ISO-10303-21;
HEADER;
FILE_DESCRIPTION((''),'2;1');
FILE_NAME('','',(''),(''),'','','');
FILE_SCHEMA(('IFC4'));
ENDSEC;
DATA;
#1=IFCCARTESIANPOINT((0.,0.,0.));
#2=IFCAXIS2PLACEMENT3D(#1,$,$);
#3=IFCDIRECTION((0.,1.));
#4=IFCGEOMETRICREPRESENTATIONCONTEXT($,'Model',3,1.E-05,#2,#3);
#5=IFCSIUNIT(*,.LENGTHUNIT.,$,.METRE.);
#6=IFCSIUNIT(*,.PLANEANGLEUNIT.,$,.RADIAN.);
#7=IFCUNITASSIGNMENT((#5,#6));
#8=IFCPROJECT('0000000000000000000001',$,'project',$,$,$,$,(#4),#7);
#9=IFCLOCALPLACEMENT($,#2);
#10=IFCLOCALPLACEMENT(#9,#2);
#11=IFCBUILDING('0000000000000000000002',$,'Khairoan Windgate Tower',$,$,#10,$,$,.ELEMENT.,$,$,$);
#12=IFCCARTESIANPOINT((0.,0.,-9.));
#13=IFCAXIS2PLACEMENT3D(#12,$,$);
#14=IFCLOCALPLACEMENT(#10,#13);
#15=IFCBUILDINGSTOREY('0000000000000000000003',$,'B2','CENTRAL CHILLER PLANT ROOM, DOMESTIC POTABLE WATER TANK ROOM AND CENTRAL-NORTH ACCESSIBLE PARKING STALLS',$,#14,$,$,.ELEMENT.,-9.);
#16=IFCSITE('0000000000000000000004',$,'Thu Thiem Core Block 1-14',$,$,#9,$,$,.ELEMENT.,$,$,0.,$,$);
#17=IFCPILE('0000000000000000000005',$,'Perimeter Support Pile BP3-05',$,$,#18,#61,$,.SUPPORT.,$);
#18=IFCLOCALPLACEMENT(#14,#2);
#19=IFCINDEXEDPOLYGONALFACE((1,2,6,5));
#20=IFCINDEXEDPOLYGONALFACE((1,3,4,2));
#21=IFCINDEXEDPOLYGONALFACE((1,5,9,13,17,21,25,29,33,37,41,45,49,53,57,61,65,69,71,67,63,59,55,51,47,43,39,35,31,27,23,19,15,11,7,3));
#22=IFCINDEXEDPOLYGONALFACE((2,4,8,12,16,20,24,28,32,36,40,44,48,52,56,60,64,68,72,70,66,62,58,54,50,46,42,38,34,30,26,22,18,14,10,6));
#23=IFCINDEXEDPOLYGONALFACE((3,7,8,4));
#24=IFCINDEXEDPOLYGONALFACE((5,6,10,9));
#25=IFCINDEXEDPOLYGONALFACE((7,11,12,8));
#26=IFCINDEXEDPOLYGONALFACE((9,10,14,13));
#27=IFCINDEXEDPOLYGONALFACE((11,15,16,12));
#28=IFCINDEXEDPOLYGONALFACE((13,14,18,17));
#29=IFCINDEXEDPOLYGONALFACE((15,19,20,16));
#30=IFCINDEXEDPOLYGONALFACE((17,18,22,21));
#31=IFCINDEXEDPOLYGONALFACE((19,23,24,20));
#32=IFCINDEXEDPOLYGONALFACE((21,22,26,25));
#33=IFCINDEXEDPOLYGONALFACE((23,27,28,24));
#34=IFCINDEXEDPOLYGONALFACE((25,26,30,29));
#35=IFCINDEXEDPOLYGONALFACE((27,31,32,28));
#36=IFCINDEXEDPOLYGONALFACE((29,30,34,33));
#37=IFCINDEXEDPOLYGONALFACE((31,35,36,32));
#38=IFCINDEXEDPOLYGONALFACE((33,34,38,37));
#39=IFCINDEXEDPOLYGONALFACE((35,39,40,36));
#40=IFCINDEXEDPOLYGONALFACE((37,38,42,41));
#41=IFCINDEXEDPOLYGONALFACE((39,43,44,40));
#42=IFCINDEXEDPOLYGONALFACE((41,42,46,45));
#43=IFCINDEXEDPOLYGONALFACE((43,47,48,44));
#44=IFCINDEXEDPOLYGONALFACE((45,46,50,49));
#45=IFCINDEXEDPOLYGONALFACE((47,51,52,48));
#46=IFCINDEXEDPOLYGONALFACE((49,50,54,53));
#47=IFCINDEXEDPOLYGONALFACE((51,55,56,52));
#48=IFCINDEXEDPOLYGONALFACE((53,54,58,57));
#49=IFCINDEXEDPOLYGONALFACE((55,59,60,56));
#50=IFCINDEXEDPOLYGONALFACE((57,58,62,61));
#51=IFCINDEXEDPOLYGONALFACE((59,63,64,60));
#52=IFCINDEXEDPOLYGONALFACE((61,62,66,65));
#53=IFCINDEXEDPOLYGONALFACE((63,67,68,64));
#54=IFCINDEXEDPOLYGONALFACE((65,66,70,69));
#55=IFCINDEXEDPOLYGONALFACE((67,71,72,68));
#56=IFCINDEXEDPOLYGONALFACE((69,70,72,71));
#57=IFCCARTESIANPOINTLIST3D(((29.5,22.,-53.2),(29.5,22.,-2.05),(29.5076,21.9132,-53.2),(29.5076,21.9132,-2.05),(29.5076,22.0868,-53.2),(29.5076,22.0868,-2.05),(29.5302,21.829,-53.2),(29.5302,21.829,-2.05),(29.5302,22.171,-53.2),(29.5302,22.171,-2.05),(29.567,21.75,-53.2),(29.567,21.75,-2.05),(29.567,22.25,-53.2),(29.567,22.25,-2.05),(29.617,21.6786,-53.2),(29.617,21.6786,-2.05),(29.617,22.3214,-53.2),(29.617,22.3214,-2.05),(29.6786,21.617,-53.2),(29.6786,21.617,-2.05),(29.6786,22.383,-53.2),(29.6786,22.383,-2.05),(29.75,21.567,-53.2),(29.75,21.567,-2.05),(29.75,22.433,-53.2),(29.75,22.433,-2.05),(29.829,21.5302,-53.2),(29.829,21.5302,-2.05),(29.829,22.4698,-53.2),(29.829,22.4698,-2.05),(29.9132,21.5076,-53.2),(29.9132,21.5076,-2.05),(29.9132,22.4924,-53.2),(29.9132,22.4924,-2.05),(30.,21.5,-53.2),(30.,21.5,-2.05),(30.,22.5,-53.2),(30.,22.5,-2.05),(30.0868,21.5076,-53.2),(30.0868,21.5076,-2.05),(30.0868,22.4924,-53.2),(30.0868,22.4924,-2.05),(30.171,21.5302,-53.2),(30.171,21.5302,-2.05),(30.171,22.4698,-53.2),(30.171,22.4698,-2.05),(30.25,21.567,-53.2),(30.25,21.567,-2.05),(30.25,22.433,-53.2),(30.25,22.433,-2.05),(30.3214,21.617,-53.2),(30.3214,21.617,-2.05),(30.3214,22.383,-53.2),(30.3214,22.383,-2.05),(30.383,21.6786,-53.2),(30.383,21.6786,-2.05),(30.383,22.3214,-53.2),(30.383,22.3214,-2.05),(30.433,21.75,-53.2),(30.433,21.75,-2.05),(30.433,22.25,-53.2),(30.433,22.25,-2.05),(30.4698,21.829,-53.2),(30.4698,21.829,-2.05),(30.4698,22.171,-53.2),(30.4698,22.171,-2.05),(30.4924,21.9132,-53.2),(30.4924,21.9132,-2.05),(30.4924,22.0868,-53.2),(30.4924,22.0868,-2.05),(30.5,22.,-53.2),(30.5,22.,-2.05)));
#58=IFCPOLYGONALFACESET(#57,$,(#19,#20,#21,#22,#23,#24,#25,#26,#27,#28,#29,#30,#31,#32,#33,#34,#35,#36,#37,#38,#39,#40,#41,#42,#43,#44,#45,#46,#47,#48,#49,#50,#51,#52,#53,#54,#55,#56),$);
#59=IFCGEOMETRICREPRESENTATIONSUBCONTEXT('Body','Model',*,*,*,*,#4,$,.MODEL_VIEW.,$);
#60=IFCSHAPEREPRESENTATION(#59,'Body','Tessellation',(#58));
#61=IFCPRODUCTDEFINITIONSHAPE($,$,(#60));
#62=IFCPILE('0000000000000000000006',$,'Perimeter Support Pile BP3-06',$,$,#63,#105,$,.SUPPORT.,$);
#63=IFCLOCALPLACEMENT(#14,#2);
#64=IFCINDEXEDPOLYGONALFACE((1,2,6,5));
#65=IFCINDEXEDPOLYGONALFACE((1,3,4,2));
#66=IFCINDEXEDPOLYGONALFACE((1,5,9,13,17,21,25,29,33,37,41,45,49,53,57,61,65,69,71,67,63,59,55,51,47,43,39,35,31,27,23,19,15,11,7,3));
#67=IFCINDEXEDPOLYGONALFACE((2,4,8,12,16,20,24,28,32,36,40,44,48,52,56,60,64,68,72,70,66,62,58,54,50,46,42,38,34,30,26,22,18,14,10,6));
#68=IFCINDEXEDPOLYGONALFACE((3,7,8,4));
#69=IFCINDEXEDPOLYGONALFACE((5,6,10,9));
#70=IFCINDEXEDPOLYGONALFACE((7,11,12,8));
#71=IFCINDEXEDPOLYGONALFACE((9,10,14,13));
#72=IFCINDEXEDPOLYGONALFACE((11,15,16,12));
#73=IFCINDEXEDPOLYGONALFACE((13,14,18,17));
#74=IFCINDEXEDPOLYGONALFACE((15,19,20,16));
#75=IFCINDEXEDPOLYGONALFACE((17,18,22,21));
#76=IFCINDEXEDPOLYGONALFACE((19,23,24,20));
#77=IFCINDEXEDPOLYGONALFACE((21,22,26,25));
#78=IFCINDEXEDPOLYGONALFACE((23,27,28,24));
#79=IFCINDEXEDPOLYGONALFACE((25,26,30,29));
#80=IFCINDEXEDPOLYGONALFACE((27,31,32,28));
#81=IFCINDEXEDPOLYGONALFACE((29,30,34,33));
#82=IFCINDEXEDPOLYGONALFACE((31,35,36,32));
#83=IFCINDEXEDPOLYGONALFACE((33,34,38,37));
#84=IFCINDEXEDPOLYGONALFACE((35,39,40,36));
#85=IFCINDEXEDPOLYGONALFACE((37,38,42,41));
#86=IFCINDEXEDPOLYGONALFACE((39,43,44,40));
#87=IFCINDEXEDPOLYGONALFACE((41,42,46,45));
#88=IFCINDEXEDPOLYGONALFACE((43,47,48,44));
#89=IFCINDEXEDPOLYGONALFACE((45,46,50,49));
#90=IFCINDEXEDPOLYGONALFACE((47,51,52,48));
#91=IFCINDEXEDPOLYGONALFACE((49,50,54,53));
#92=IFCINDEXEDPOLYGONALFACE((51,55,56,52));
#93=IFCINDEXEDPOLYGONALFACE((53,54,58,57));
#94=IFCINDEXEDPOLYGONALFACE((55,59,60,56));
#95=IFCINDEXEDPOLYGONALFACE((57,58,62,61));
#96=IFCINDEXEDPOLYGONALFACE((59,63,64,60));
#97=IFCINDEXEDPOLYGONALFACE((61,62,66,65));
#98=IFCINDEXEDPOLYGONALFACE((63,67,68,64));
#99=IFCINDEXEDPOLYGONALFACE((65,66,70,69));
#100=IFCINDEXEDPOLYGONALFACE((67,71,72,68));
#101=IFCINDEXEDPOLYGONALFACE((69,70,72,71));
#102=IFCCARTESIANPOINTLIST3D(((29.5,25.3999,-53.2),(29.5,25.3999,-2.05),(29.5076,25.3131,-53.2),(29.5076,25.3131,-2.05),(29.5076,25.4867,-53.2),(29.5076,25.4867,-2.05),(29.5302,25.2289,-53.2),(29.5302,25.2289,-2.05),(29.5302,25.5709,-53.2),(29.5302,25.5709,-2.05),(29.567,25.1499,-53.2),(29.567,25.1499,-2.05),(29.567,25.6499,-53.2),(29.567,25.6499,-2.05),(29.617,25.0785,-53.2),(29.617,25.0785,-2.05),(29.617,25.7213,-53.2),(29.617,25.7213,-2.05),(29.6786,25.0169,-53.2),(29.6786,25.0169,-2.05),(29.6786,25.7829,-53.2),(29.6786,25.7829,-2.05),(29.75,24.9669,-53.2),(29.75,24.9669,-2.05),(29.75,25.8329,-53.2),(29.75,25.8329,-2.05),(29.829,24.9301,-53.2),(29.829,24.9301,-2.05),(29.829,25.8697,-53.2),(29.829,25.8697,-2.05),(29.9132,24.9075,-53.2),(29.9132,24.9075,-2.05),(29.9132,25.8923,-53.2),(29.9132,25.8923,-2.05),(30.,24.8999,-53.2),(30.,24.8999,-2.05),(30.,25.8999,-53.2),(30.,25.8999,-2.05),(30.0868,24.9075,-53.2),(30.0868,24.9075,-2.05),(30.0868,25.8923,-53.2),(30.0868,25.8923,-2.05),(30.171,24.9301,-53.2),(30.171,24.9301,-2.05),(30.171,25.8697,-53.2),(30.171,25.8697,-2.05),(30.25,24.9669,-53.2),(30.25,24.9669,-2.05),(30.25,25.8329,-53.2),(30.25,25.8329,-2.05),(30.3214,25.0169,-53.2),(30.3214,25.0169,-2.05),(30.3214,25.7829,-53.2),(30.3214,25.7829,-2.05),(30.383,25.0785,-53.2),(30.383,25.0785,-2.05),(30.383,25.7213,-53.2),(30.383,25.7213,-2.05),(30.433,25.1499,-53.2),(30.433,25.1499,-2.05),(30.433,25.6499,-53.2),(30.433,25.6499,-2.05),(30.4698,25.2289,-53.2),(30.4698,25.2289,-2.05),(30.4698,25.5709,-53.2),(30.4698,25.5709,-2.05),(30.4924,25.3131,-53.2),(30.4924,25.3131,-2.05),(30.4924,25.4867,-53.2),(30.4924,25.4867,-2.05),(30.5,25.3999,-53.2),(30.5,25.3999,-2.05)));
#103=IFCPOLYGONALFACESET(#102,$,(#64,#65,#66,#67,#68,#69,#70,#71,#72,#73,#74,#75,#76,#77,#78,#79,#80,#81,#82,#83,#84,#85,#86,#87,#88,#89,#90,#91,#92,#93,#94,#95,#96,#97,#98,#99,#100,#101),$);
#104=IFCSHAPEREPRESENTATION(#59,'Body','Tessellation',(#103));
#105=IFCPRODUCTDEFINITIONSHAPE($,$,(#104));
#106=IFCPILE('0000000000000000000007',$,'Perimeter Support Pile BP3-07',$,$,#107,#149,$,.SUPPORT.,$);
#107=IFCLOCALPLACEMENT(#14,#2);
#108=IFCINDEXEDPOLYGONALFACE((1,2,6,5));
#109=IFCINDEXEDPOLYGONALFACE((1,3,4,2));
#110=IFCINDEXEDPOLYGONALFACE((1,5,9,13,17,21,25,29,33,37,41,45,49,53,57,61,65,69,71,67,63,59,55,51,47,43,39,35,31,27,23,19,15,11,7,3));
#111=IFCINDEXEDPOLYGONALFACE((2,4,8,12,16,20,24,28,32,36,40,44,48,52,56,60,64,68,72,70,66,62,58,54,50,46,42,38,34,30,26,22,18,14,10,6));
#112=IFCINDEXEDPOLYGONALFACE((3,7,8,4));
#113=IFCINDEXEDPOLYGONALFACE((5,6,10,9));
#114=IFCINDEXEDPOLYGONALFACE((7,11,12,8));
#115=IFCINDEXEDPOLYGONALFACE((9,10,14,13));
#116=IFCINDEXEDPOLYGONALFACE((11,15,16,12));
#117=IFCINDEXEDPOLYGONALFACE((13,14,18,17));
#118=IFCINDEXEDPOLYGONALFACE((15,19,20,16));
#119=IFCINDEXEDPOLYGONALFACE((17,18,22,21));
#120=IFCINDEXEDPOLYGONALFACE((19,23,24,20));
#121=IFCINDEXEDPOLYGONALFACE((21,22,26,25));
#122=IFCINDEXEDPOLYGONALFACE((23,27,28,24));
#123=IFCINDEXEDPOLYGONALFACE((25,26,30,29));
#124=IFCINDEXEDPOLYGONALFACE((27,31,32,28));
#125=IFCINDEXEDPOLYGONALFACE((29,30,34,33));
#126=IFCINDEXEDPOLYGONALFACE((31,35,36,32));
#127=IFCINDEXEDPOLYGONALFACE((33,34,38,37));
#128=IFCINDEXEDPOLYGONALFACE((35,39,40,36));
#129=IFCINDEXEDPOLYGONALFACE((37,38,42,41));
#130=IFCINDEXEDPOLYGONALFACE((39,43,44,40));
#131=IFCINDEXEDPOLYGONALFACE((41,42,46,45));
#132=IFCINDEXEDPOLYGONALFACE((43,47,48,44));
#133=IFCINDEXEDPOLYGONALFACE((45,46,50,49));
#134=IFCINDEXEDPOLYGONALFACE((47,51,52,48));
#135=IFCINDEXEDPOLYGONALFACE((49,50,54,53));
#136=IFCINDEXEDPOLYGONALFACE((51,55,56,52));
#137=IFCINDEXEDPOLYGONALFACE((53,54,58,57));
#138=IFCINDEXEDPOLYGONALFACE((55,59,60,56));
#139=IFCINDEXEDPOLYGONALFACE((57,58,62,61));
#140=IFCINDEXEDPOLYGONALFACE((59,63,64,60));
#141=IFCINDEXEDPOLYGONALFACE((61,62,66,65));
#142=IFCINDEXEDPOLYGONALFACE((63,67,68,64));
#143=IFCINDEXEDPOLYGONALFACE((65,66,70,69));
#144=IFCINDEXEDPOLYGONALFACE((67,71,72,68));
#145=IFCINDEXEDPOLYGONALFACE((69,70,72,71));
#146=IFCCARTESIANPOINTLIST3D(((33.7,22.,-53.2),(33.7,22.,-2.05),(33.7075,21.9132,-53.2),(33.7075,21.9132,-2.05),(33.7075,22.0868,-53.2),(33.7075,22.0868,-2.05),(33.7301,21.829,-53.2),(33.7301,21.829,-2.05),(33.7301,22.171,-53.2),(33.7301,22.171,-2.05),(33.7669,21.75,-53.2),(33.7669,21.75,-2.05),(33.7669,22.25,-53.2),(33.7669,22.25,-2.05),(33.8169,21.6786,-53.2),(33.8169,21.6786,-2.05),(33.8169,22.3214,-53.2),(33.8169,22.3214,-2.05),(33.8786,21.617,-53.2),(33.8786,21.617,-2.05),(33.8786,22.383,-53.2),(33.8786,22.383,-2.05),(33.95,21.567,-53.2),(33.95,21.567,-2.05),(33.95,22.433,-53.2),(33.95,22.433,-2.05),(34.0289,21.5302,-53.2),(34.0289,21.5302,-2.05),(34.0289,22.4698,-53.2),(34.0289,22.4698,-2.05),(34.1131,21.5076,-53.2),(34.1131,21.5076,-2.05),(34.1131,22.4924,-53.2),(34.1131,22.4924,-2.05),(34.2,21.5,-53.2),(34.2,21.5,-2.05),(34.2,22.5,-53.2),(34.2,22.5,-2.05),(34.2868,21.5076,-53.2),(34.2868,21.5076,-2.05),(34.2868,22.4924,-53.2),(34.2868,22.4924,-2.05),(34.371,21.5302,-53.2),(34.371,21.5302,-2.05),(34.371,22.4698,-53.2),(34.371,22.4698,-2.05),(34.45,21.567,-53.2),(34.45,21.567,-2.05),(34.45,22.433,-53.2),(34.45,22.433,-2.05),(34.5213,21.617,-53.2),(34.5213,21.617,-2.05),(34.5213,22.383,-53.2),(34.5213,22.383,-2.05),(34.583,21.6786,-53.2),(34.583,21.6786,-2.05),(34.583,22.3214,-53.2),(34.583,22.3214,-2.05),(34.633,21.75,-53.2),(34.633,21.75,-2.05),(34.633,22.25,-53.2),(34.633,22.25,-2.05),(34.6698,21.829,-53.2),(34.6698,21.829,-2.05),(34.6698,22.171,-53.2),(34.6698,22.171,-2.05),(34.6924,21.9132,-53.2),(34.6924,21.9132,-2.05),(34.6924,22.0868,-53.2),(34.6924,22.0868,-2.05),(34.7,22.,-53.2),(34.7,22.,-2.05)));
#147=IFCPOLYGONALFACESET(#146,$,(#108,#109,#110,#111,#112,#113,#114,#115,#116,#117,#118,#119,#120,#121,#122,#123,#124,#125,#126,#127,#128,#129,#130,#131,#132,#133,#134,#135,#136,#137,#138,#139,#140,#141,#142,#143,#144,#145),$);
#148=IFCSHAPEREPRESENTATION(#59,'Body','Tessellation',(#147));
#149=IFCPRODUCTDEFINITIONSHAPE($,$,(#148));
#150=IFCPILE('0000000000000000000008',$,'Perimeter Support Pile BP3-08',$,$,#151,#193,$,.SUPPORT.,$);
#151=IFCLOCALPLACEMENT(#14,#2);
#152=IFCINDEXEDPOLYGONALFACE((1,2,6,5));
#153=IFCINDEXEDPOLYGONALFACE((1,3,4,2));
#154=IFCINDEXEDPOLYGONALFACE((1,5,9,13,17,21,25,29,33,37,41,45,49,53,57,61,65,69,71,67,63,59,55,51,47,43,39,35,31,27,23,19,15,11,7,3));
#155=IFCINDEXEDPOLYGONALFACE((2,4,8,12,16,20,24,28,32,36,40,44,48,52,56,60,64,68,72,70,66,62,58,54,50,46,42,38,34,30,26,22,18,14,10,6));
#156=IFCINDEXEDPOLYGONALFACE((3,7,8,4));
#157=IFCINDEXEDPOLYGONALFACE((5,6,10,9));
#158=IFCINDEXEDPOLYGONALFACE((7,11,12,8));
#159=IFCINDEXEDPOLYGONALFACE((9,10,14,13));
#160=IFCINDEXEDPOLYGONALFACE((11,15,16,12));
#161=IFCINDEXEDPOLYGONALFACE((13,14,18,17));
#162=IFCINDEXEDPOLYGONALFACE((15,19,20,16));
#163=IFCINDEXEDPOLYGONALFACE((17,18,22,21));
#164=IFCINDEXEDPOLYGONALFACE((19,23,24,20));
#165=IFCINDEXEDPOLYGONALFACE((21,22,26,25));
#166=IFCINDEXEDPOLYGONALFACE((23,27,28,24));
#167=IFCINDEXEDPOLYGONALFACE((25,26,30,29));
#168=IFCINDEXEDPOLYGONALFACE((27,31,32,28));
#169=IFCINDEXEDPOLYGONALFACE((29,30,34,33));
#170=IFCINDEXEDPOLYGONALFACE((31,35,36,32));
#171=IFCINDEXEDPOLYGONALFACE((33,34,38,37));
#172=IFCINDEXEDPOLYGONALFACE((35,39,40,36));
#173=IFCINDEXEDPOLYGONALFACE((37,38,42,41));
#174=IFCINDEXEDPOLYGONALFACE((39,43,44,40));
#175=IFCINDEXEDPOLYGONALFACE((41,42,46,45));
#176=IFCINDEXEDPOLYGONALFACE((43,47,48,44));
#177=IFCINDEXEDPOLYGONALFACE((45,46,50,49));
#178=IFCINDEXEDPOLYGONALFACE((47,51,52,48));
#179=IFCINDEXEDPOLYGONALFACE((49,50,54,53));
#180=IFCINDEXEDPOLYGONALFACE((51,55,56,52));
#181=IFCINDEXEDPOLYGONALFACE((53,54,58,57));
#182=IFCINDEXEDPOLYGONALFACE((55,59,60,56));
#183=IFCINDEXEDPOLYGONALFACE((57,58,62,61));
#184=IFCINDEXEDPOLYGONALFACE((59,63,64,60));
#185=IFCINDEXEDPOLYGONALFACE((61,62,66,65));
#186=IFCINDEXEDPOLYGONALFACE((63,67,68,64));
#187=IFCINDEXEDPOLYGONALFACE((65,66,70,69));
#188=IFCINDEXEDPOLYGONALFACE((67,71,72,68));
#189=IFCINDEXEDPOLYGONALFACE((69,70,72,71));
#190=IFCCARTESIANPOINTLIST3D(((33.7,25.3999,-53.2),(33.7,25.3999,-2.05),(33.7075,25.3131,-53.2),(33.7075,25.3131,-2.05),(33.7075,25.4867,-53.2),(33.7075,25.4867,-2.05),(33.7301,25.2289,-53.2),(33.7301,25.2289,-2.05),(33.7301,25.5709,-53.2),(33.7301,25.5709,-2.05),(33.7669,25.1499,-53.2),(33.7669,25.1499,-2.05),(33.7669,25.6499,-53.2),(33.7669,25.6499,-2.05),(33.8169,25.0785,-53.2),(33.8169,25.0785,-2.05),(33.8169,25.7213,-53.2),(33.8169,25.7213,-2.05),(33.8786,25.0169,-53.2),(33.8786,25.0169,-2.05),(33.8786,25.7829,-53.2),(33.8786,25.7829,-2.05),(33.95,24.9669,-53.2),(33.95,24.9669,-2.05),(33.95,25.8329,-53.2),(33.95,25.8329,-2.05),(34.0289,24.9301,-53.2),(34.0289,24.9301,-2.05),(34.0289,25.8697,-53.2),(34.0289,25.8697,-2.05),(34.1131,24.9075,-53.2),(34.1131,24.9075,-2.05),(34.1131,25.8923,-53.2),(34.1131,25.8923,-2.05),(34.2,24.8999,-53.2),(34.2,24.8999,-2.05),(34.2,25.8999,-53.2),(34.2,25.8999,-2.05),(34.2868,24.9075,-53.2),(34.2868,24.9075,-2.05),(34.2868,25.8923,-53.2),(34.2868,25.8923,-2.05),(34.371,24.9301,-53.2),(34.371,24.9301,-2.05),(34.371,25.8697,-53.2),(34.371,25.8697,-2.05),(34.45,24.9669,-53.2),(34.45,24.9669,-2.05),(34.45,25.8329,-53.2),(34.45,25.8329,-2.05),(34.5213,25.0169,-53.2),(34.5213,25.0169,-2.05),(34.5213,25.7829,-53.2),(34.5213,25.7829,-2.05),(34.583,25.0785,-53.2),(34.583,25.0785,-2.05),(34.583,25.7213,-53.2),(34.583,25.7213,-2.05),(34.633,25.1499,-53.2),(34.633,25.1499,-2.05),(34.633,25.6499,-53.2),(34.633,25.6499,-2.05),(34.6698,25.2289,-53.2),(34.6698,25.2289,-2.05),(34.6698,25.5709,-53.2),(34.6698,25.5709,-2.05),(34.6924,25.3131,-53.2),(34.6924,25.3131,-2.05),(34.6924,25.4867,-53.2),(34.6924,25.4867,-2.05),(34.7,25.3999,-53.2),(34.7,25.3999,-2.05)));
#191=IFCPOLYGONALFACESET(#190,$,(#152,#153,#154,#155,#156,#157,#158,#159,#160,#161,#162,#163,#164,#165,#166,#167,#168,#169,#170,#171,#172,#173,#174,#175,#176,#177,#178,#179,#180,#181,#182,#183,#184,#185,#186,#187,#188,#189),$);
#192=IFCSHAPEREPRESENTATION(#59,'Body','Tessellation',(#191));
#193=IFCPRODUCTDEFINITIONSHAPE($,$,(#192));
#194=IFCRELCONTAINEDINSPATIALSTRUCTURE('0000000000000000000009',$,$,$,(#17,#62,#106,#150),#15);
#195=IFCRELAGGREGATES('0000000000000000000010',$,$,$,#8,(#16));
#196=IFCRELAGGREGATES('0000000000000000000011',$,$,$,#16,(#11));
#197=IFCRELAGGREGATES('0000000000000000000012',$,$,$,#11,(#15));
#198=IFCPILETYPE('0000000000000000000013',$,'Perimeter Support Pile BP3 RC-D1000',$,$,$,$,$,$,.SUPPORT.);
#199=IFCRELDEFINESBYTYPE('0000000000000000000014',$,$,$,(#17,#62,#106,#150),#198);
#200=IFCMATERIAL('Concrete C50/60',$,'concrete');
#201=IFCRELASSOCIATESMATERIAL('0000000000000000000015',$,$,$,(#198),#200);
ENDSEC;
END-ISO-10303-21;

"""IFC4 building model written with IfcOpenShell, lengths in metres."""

from ifc_helpers import new_model, si_unit, direction, frame, origin, origin_2d, place, context, subcontext, project, spatial, circle, extrude, material, material_profile, profile_set, type_object, element, save


model = new_model("IFC4")

# Units and contexts
model_context = context("Model", 3, precision=1e-05, world=origin(), true_north=direction((0.0, 1.0)))
body_context = subcontext(model_context, "Body", "Model", "MODEL_VIEW")
ifc_project = project(units=[si_unit("LENGTHUNIT", "METRE"), si_unit("PLANEANGLEUNIT", "RADIAN")], contexts=[model_context])

# Site, building, storey
site_placement = place(None, origin())
site = spatial("IfcSite", under=ifc_project, at=site_placement, Name="Thu Thiem Core Block 1-14", CompositionType="ELEMENT", RefElevation=0.0)
building_placement = place(site_placement, origin())
building = spatial("IfcBuilding", under=site, at=building_placement, Name="Khairoan Windgate Tower", CompositionType="ELEMENT")
storey_placement = place(building_placement, frame((0.0, 0.0, -9.0)))
storey = spatial("IfcBuildingStorey", under=building, at=storey_placement, Name="B2", Description="CENTRAL CHILLER PLANT ROOM, DOMESTIC POTABLE WATER TANK ROOM AND CENTRAL-NORTH ACCESSIBLE PARKING STALLS", CompositionType="ELEMENT", Elevation=-9.0)

# Piles
ifc_material_1 = material(Name="Concrete C50/60", Category="concrete")
ifc_material_profile_1 = material_profile(ifc_material_1, circle(Radius=0.5, at=origin_2d()))
ifc_profile_set_1 = profile_set([ifc_material_profile_1], Name="Concrete C50/60")
pile_type_1 = type_object("IfcPileType", Name="Perimeter Support Pile BP3 RC-D1000", PredefinedType="SUPPORT", material=ifc_profile_set_1)
for number, where, z_axis, x_axis, name in (
    (1, (30.0, 22.0, -2.05), (0.0, 0.0, -1.0), (1.0, 0.0, 0.0), "Perimeter Support Pile BP3-05"),
    (2, (30.0, 25.3999, -2.05), (0.0, 0.0, -1.0), (1.0, 0.0, 0.0), "Perimeter Support Pile BP3-06"),
    (3, (34.2, 22.0, -2.05), (0.0, 0.0, -1.0), (1.0, 0.0, 0.0), "Perimeter Support Pile BP3-07"),
    (4, (34.2, 25.3999, -2.05), (0.0, 0.0, -1.0), (1.0, 0.0, 0.0), "Perimeter Support Pile BP3-08"),
):
    element("IfcPile", number, at=place(storey_placement, frame(where, z_axis=z_axis, x_axis=x_axis)), inside=storey, type_object=pile_type_1, Name=name, PredefinedType="SUPPORT", context=body_context, shape_type="SweptSolid", body=[
        extrude(circle(Radius=0.5, at=origin_2d()), origin(), (0.0, 0.0, 1.0), 51.1499),
    ])

save(model, "model.ifc")
